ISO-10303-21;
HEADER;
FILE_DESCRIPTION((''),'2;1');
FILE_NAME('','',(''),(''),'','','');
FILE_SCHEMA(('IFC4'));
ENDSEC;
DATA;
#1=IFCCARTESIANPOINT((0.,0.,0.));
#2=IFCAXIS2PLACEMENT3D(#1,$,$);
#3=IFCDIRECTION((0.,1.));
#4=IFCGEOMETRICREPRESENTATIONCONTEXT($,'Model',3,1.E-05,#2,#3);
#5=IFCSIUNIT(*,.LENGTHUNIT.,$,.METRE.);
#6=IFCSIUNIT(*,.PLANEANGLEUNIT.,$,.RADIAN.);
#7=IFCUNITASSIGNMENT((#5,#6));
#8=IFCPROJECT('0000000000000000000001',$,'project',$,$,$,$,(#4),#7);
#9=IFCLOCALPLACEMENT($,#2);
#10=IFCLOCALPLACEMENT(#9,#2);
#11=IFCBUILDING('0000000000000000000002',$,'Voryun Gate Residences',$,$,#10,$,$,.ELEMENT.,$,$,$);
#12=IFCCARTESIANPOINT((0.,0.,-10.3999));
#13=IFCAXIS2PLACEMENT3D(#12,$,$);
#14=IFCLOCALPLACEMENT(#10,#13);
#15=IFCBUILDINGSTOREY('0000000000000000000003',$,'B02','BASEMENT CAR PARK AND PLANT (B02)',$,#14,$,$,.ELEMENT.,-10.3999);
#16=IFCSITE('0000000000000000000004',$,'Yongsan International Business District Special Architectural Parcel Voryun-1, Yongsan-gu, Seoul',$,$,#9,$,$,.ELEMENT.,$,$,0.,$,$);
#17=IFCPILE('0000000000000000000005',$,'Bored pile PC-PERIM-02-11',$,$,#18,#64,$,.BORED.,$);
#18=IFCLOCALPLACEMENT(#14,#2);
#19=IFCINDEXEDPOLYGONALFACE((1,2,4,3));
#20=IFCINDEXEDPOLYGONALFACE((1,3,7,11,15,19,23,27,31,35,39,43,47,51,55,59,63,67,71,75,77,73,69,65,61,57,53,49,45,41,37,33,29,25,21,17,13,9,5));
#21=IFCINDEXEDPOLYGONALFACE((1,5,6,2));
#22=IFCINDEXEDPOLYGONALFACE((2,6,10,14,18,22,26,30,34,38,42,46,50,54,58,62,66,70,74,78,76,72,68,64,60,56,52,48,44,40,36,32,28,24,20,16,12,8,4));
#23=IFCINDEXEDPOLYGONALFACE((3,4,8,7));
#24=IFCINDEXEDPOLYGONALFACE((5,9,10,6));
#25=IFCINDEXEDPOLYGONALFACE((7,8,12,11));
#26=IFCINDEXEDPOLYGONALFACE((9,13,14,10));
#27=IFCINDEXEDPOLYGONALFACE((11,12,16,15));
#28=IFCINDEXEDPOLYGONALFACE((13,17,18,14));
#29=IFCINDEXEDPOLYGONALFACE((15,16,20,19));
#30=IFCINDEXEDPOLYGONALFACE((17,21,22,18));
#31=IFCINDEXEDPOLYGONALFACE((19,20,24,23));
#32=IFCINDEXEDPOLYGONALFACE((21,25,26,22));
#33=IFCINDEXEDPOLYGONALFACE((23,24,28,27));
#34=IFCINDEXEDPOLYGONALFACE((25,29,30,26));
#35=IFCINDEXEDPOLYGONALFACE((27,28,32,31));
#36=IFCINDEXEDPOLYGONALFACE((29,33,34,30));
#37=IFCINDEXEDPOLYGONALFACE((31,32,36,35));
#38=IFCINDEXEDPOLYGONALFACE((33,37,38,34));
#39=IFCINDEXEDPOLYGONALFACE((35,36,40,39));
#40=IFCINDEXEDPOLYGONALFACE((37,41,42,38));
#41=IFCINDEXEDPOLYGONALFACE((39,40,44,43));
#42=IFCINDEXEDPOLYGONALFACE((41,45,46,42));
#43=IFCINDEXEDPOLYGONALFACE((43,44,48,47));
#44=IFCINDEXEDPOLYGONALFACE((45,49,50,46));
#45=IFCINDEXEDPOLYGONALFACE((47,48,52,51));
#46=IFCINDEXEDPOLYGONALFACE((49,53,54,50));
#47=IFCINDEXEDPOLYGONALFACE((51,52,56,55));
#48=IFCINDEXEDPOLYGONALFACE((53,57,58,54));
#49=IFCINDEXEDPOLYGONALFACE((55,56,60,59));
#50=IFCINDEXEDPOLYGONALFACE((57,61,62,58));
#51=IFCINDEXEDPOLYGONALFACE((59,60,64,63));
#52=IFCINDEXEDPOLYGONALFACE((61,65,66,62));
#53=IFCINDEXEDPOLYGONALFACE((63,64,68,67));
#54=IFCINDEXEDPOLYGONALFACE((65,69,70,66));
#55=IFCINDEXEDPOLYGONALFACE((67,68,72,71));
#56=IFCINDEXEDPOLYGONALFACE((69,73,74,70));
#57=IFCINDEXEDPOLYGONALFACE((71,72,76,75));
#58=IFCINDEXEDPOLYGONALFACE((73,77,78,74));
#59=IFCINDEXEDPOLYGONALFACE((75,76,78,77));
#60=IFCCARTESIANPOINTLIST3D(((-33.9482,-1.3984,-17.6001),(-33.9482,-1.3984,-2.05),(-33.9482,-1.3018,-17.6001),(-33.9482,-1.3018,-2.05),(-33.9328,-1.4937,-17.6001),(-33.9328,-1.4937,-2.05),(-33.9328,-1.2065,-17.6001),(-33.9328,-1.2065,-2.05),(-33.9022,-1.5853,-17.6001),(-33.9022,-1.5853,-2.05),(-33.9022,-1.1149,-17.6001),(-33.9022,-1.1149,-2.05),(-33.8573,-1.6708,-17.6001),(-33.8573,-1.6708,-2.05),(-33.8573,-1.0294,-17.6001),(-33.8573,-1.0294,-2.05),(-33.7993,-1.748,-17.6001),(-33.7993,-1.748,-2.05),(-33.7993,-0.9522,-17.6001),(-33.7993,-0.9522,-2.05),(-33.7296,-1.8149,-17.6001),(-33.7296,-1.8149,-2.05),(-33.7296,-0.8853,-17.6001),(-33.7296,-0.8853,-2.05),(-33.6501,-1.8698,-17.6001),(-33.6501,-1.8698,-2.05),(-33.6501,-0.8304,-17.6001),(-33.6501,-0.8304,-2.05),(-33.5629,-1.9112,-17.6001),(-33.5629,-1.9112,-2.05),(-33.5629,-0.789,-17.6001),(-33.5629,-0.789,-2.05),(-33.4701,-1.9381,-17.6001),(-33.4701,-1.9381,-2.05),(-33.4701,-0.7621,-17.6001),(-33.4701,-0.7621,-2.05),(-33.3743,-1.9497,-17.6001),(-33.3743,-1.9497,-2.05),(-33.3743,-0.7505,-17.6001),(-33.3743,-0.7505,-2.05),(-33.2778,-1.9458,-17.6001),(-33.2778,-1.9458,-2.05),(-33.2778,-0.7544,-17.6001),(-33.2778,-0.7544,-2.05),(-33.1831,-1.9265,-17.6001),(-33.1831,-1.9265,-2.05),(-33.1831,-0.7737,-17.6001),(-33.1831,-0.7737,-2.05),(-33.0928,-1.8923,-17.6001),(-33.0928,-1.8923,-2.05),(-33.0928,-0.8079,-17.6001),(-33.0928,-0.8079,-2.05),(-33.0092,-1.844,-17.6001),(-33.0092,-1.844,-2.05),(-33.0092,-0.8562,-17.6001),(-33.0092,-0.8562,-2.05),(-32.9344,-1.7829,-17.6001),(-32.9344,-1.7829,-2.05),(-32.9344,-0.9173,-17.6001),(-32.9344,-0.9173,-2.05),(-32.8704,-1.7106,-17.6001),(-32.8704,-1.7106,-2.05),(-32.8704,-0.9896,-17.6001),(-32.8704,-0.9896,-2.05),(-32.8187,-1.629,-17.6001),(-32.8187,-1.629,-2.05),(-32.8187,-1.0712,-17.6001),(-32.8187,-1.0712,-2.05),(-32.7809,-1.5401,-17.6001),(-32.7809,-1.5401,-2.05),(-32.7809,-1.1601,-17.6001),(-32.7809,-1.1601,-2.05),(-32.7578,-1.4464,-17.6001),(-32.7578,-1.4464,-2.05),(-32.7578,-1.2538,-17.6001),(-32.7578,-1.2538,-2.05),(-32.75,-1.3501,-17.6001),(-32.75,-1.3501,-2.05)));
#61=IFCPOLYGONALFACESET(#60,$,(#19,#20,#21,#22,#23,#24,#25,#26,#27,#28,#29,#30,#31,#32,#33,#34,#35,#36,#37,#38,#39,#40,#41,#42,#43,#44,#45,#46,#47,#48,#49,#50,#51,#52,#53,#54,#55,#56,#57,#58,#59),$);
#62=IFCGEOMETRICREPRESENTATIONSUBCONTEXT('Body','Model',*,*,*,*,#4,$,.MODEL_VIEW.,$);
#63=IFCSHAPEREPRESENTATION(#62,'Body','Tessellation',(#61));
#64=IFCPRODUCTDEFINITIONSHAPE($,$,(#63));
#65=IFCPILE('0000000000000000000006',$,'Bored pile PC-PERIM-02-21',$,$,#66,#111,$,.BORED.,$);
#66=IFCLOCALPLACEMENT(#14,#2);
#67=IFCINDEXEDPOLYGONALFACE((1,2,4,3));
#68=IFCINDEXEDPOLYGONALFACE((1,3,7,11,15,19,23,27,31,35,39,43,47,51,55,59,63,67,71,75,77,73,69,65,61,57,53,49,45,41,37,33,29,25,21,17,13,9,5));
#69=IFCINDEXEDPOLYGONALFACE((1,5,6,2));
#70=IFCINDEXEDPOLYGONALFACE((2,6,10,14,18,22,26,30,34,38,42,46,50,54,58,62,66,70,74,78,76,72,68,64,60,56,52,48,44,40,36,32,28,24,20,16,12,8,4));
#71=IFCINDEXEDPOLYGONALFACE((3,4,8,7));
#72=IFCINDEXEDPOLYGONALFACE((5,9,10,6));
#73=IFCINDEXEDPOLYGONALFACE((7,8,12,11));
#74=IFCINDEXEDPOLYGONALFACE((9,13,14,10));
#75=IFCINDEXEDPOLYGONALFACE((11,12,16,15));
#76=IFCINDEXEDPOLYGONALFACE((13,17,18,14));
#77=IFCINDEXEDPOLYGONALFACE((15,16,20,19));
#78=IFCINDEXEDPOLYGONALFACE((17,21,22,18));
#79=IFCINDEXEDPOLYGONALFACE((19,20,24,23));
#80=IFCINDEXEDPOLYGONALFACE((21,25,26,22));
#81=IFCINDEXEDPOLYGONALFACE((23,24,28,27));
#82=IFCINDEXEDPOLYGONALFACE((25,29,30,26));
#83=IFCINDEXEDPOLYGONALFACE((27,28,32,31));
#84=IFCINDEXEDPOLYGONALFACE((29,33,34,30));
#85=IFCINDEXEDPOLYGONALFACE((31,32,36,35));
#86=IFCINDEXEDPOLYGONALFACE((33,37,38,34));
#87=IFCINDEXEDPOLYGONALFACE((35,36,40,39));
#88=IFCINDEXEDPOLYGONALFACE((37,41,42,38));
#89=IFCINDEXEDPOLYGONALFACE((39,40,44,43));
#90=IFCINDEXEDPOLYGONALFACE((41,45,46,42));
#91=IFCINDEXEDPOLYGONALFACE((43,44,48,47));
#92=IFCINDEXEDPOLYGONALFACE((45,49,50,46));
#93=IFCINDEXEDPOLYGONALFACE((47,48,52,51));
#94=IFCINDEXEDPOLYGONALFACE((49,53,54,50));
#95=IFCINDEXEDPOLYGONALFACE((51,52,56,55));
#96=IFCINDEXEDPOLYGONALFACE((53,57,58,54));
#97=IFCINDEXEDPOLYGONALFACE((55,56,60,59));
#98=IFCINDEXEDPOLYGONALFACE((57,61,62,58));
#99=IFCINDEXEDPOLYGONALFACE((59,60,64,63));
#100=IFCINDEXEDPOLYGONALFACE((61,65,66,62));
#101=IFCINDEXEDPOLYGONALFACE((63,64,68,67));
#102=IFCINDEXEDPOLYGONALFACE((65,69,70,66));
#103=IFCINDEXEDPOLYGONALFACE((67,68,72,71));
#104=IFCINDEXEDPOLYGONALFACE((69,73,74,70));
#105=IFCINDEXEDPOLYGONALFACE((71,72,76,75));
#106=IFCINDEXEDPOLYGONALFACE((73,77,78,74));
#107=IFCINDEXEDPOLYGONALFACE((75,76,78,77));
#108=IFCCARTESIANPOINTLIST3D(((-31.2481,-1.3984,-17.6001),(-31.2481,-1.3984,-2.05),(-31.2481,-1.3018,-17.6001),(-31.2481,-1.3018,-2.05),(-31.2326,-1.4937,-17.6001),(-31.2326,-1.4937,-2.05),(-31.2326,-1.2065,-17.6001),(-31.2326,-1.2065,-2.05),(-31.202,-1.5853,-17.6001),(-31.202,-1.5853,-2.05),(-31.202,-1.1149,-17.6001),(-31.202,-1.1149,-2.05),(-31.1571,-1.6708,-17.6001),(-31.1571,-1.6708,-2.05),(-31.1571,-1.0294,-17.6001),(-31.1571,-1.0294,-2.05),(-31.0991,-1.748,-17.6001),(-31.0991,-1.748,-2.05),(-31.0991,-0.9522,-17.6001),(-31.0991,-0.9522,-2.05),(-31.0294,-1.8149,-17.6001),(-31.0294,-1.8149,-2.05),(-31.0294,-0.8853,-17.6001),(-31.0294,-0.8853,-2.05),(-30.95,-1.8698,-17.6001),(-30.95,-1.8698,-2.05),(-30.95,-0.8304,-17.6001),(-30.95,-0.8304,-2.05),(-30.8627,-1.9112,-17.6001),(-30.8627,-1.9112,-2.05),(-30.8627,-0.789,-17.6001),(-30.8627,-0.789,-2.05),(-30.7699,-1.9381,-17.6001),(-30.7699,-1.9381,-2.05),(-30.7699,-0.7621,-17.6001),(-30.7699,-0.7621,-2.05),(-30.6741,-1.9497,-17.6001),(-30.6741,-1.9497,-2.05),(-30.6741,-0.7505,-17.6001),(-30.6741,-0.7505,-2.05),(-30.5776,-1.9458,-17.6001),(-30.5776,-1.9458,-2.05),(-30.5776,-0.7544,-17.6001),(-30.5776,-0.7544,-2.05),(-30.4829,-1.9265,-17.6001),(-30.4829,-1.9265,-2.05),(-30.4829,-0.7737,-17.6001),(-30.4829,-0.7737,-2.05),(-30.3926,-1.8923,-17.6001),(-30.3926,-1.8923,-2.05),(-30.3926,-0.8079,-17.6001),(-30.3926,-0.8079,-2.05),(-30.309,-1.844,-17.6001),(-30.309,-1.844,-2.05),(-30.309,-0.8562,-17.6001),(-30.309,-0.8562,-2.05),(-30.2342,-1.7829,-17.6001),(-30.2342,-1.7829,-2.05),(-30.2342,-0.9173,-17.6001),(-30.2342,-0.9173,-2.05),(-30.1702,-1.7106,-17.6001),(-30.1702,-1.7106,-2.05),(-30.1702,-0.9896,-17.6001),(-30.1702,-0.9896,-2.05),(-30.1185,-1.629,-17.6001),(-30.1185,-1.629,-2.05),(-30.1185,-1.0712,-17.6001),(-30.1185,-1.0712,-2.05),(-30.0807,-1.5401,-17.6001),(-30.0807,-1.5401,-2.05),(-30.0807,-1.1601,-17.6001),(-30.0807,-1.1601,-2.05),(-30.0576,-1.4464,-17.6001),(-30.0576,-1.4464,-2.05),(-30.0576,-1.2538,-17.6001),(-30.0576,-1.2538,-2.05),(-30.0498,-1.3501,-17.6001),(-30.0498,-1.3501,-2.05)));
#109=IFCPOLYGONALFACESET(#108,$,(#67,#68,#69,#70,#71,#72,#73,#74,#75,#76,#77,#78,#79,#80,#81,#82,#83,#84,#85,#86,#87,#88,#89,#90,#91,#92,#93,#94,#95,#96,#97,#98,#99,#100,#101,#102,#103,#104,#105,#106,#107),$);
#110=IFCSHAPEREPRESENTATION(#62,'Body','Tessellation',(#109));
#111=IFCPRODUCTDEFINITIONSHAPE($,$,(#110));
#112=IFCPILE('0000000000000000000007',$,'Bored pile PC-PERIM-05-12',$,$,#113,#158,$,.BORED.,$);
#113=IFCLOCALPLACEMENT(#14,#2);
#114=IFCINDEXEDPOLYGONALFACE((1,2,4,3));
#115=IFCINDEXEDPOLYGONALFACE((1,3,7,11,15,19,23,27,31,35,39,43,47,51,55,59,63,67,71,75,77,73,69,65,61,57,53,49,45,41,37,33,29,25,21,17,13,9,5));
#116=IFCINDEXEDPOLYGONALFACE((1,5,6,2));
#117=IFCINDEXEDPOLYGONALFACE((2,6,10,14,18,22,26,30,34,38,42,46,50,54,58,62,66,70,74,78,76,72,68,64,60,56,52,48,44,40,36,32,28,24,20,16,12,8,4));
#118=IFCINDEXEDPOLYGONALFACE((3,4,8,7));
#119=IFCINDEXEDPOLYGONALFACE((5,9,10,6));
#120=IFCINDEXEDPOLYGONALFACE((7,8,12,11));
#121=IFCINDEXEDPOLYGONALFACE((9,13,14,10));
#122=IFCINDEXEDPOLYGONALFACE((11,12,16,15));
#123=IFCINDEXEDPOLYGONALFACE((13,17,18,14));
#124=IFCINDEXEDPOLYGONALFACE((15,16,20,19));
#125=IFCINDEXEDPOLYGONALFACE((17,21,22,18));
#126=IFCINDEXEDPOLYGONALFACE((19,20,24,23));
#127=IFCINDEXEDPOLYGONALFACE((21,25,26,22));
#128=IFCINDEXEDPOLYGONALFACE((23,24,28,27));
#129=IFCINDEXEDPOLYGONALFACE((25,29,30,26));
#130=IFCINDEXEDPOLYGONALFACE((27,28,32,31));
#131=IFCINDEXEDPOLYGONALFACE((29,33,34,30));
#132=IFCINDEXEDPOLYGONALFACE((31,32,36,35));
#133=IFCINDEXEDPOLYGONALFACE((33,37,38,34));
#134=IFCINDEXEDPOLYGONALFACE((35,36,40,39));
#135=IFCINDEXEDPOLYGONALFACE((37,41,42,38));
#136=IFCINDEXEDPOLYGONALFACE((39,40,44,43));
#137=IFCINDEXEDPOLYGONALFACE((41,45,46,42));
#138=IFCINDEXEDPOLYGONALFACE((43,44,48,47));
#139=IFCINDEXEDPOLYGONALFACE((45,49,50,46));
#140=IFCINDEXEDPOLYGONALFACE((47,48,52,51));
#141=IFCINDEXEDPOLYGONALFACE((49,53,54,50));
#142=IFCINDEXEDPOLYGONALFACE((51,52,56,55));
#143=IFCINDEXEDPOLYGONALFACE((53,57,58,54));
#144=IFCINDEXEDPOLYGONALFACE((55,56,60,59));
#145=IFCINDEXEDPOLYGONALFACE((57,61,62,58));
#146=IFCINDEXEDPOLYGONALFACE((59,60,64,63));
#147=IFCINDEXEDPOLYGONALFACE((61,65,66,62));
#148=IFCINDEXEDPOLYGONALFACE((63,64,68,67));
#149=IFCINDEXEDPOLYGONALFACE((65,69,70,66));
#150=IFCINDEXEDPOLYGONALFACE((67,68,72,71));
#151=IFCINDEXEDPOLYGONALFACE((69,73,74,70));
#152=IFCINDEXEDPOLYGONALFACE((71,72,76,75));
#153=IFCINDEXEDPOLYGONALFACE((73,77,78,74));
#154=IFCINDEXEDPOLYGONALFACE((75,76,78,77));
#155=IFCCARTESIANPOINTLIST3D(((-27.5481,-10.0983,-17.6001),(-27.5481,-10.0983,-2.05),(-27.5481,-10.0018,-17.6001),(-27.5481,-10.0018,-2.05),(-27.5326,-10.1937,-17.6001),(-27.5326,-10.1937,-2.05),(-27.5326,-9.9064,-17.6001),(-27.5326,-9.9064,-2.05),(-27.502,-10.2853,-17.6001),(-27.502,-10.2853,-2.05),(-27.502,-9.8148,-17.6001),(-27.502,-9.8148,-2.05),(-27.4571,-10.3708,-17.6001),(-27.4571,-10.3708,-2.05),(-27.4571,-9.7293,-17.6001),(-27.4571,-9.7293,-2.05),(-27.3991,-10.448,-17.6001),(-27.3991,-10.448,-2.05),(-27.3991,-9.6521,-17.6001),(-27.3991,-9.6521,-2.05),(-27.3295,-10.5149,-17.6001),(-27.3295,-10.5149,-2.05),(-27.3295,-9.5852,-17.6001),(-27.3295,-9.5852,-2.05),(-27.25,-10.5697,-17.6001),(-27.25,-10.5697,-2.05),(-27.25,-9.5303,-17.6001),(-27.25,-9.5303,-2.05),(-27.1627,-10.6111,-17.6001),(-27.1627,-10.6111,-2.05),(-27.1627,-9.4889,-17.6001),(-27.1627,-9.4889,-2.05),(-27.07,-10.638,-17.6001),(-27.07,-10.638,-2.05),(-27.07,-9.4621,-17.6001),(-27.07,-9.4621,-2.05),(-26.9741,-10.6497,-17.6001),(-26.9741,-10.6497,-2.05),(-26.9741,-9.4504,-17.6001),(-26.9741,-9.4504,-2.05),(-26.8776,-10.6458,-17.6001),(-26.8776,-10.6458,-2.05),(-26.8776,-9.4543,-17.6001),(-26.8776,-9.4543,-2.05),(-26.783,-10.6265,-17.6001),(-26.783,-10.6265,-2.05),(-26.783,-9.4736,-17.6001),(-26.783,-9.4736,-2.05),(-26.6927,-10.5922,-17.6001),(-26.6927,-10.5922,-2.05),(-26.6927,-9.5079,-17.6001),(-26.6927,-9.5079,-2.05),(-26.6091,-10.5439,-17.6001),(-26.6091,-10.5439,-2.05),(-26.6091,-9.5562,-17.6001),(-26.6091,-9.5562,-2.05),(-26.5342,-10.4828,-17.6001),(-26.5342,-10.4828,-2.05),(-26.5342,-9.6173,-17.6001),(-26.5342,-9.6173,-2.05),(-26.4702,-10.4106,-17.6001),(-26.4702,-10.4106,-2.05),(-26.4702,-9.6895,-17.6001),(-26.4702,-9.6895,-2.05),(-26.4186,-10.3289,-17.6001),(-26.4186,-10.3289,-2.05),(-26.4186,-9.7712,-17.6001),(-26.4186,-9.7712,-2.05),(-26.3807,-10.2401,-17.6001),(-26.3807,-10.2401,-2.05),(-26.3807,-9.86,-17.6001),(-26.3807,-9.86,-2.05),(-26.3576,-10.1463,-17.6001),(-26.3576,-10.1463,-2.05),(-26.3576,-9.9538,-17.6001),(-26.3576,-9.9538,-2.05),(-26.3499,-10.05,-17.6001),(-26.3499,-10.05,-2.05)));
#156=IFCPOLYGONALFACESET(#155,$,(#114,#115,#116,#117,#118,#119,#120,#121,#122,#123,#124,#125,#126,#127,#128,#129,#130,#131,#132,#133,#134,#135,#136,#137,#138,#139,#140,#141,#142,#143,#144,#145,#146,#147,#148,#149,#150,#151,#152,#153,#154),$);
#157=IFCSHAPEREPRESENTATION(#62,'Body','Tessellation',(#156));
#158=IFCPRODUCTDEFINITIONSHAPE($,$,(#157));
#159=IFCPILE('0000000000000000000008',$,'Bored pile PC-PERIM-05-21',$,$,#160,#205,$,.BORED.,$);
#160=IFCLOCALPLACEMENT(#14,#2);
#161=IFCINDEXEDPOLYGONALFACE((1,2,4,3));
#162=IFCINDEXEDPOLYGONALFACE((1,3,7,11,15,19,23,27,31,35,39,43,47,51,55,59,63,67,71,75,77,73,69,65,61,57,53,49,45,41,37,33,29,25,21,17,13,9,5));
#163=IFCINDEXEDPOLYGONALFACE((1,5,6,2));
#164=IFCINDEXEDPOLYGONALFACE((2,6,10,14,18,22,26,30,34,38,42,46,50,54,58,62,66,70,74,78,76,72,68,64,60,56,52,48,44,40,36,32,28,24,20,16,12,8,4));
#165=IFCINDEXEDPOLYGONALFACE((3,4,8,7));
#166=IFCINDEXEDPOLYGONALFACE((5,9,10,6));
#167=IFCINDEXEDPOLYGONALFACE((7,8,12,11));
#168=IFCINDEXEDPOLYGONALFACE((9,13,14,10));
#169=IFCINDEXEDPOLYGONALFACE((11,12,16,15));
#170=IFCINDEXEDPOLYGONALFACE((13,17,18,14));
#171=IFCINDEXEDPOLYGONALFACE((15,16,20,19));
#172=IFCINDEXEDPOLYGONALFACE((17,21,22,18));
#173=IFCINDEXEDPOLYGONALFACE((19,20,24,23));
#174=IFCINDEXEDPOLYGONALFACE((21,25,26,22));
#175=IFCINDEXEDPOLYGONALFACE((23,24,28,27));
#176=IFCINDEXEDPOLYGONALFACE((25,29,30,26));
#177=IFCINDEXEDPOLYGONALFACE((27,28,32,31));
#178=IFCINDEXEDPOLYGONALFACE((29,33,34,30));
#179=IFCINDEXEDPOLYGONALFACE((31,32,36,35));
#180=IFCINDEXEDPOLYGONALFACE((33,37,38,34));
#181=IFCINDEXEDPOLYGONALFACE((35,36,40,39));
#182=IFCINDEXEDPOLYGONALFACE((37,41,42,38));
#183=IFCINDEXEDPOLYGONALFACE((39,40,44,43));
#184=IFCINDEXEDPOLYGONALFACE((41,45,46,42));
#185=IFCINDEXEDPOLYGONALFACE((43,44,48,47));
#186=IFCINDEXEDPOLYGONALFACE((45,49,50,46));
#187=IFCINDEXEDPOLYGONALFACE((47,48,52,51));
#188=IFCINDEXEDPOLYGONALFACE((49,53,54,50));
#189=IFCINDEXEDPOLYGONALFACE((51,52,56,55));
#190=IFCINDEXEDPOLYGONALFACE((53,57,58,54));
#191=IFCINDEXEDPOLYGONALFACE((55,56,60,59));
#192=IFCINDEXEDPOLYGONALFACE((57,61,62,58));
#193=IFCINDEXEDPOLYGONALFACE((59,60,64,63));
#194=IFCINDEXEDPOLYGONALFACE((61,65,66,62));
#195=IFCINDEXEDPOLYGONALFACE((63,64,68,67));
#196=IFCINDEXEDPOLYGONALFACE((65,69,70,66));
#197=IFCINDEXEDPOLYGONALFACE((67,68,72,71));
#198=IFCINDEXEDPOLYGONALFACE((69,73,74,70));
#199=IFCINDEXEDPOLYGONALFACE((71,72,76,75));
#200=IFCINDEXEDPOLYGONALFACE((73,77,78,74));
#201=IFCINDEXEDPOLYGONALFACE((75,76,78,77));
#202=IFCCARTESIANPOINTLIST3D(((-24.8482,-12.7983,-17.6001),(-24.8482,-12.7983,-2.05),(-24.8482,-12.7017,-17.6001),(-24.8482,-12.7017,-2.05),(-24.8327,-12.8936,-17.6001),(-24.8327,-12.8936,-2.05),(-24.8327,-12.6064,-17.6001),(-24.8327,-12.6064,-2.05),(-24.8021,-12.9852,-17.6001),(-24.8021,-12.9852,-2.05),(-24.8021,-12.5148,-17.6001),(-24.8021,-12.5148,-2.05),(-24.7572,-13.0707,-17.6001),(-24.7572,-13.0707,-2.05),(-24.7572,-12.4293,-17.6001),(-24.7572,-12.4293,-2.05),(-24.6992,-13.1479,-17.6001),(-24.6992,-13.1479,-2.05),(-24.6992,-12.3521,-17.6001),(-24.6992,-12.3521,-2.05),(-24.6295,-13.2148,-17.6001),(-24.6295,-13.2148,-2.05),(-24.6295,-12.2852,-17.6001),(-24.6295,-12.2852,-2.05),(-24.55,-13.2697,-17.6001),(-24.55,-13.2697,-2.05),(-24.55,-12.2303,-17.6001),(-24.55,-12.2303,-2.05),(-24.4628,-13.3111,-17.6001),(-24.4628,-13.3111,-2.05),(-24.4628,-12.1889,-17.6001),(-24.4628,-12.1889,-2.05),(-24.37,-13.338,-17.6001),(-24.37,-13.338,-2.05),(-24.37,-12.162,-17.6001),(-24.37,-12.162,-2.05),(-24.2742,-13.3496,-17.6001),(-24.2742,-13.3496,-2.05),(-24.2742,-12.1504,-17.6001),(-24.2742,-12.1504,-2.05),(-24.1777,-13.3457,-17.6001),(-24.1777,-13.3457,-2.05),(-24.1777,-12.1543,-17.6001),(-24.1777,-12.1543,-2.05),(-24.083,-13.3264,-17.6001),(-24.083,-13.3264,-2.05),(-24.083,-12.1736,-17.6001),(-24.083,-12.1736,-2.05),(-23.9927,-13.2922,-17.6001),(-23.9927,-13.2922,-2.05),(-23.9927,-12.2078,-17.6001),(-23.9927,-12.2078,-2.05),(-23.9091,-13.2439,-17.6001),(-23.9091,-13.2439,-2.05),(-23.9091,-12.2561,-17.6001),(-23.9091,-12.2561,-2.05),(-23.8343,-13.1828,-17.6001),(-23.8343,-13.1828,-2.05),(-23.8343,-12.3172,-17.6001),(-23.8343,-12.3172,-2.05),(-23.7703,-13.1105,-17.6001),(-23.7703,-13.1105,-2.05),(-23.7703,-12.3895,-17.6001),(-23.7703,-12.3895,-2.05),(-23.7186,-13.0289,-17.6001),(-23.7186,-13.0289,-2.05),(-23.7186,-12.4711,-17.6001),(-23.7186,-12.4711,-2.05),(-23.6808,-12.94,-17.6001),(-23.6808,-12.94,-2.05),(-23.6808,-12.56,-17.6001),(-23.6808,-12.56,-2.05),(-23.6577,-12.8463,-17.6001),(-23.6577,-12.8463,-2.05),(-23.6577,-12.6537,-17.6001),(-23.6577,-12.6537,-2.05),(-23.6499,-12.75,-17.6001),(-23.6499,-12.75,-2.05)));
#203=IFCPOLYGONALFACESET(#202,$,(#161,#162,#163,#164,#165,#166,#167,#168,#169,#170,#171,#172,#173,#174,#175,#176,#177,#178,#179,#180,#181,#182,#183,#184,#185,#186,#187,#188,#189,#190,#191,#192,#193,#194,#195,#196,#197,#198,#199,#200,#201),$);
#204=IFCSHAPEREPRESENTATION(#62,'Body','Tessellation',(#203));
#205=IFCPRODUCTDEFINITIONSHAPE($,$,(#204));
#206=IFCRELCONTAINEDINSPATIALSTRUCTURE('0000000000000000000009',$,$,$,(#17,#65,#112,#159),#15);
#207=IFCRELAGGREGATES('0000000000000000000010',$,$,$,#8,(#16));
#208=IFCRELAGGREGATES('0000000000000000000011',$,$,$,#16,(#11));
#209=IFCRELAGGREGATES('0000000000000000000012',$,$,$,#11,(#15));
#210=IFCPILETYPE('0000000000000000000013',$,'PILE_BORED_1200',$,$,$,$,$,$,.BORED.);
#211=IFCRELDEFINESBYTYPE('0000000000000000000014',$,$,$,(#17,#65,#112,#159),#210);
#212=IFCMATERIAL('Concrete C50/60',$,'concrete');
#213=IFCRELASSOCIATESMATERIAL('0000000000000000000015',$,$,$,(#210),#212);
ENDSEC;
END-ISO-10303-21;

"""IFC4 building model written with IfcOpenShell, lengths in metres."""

from ifc_helpers import new_model, si_unit, direction, frame, origin, origin_2d, place, context, subcontext, project, spatial, circle, extrude, material, material_profile, profile_set, type_object, element, save


model = new_model("IFC4")

# Units and contexts
model_context = context("Model", 3, precision=1e-05, world=origin(), true_north=direction((0.0, 1.0)))
body_context = subcontext(model_context, "Body", "Model", "MODEL_VIEW")
ifc_project = project(units=[si_unit("LENGTHUNIT", "METRE"), si_unit("PLANEANGLEUNIT", "RADIAN")], contexts=[model_context])

# Site, building, storey
site_placement = place(None, origin())
site = spatial("IfcSite", under=ifc_project, at=site_placement, Name="Yongsan International Business District Special Architectural Parcel Voryun-1, Yongsan-gu, Seoul", CompositionType="ELEMENT", RefElevation=0.0)
building_placement = place(site_placement, origin())
building = spatial("IfcBuilding", under=site, at=building_placement, Name="Voryun Gate Residences", CompositionType="ELEMENT")
storey_placement = place(building_placement, frame((0.0, 0.0, -10.3999)))
storey = spatial("IfcBuildingStorey", under=building, at=storey_placement, Name="B02", Description="BASEMENT CAR PARK AND PLANT (B02)", CompositionType="ELEMENT", Elevation=-10.3999)

# Piles
ifc_material_1 = material(Name="Concrete C50/60", Category="concrete")
ifc_material_profile_1 = material_profile(ifc_material_1, circle(Radius=0.6001, at=origin_2d()), Name="PILE-D1200")
ifc_profile_set_1 = profile_set([ifc_material_profile_1], Name="Concrete C50/60")
pile_type_1 = type_object("IfcPileType", Name="PILE_BORED_1200", PredefinedType="BORED", material=ifc_profile_set_1)
for number, where, z_axis, x_axis, name in (
    (1, (-33.3501, -1.3501, -2.05), (0.0, 0.0, -1.0), (1.0, 0.0, 0.0), "Bored pile PC-PERIM-02-11"),
    (2, (-30.6499, -1.3501, -2.05), (0.0, 0.0, -1.0), (1.0, 0.0, 0.0), "Bored pile PC-PERIM-02-21"),
    (3, (-26.95, -10.05, -2.05), (0.0, 0.0, -1.0), (1.0, 0.0, 0.0), "Bored pile PC-PERIM-05-12"),
    (4, (-24.25, -12.75, -2.05), (0.0, 0.0, -1.0), (1.0, 0.0, 0.0), "Bored pile PC-PERIM-05-21"),
):
    element("IfcPile", number, at=place(storey_placement, frame(where, z_axis=z_axis, x_axis=x_axis)), inside=storey, type_object=pile_type_1, Name=name, PredefinedType="BORED", context=body_context, shape_type="SweptSolid", body=[
        extrude(circle(Radius=0.6001, at=origin_2d()), origin(), (0.0, 0.0, 1.0), 15.55),
    ])

save(model, "model.ifc")
